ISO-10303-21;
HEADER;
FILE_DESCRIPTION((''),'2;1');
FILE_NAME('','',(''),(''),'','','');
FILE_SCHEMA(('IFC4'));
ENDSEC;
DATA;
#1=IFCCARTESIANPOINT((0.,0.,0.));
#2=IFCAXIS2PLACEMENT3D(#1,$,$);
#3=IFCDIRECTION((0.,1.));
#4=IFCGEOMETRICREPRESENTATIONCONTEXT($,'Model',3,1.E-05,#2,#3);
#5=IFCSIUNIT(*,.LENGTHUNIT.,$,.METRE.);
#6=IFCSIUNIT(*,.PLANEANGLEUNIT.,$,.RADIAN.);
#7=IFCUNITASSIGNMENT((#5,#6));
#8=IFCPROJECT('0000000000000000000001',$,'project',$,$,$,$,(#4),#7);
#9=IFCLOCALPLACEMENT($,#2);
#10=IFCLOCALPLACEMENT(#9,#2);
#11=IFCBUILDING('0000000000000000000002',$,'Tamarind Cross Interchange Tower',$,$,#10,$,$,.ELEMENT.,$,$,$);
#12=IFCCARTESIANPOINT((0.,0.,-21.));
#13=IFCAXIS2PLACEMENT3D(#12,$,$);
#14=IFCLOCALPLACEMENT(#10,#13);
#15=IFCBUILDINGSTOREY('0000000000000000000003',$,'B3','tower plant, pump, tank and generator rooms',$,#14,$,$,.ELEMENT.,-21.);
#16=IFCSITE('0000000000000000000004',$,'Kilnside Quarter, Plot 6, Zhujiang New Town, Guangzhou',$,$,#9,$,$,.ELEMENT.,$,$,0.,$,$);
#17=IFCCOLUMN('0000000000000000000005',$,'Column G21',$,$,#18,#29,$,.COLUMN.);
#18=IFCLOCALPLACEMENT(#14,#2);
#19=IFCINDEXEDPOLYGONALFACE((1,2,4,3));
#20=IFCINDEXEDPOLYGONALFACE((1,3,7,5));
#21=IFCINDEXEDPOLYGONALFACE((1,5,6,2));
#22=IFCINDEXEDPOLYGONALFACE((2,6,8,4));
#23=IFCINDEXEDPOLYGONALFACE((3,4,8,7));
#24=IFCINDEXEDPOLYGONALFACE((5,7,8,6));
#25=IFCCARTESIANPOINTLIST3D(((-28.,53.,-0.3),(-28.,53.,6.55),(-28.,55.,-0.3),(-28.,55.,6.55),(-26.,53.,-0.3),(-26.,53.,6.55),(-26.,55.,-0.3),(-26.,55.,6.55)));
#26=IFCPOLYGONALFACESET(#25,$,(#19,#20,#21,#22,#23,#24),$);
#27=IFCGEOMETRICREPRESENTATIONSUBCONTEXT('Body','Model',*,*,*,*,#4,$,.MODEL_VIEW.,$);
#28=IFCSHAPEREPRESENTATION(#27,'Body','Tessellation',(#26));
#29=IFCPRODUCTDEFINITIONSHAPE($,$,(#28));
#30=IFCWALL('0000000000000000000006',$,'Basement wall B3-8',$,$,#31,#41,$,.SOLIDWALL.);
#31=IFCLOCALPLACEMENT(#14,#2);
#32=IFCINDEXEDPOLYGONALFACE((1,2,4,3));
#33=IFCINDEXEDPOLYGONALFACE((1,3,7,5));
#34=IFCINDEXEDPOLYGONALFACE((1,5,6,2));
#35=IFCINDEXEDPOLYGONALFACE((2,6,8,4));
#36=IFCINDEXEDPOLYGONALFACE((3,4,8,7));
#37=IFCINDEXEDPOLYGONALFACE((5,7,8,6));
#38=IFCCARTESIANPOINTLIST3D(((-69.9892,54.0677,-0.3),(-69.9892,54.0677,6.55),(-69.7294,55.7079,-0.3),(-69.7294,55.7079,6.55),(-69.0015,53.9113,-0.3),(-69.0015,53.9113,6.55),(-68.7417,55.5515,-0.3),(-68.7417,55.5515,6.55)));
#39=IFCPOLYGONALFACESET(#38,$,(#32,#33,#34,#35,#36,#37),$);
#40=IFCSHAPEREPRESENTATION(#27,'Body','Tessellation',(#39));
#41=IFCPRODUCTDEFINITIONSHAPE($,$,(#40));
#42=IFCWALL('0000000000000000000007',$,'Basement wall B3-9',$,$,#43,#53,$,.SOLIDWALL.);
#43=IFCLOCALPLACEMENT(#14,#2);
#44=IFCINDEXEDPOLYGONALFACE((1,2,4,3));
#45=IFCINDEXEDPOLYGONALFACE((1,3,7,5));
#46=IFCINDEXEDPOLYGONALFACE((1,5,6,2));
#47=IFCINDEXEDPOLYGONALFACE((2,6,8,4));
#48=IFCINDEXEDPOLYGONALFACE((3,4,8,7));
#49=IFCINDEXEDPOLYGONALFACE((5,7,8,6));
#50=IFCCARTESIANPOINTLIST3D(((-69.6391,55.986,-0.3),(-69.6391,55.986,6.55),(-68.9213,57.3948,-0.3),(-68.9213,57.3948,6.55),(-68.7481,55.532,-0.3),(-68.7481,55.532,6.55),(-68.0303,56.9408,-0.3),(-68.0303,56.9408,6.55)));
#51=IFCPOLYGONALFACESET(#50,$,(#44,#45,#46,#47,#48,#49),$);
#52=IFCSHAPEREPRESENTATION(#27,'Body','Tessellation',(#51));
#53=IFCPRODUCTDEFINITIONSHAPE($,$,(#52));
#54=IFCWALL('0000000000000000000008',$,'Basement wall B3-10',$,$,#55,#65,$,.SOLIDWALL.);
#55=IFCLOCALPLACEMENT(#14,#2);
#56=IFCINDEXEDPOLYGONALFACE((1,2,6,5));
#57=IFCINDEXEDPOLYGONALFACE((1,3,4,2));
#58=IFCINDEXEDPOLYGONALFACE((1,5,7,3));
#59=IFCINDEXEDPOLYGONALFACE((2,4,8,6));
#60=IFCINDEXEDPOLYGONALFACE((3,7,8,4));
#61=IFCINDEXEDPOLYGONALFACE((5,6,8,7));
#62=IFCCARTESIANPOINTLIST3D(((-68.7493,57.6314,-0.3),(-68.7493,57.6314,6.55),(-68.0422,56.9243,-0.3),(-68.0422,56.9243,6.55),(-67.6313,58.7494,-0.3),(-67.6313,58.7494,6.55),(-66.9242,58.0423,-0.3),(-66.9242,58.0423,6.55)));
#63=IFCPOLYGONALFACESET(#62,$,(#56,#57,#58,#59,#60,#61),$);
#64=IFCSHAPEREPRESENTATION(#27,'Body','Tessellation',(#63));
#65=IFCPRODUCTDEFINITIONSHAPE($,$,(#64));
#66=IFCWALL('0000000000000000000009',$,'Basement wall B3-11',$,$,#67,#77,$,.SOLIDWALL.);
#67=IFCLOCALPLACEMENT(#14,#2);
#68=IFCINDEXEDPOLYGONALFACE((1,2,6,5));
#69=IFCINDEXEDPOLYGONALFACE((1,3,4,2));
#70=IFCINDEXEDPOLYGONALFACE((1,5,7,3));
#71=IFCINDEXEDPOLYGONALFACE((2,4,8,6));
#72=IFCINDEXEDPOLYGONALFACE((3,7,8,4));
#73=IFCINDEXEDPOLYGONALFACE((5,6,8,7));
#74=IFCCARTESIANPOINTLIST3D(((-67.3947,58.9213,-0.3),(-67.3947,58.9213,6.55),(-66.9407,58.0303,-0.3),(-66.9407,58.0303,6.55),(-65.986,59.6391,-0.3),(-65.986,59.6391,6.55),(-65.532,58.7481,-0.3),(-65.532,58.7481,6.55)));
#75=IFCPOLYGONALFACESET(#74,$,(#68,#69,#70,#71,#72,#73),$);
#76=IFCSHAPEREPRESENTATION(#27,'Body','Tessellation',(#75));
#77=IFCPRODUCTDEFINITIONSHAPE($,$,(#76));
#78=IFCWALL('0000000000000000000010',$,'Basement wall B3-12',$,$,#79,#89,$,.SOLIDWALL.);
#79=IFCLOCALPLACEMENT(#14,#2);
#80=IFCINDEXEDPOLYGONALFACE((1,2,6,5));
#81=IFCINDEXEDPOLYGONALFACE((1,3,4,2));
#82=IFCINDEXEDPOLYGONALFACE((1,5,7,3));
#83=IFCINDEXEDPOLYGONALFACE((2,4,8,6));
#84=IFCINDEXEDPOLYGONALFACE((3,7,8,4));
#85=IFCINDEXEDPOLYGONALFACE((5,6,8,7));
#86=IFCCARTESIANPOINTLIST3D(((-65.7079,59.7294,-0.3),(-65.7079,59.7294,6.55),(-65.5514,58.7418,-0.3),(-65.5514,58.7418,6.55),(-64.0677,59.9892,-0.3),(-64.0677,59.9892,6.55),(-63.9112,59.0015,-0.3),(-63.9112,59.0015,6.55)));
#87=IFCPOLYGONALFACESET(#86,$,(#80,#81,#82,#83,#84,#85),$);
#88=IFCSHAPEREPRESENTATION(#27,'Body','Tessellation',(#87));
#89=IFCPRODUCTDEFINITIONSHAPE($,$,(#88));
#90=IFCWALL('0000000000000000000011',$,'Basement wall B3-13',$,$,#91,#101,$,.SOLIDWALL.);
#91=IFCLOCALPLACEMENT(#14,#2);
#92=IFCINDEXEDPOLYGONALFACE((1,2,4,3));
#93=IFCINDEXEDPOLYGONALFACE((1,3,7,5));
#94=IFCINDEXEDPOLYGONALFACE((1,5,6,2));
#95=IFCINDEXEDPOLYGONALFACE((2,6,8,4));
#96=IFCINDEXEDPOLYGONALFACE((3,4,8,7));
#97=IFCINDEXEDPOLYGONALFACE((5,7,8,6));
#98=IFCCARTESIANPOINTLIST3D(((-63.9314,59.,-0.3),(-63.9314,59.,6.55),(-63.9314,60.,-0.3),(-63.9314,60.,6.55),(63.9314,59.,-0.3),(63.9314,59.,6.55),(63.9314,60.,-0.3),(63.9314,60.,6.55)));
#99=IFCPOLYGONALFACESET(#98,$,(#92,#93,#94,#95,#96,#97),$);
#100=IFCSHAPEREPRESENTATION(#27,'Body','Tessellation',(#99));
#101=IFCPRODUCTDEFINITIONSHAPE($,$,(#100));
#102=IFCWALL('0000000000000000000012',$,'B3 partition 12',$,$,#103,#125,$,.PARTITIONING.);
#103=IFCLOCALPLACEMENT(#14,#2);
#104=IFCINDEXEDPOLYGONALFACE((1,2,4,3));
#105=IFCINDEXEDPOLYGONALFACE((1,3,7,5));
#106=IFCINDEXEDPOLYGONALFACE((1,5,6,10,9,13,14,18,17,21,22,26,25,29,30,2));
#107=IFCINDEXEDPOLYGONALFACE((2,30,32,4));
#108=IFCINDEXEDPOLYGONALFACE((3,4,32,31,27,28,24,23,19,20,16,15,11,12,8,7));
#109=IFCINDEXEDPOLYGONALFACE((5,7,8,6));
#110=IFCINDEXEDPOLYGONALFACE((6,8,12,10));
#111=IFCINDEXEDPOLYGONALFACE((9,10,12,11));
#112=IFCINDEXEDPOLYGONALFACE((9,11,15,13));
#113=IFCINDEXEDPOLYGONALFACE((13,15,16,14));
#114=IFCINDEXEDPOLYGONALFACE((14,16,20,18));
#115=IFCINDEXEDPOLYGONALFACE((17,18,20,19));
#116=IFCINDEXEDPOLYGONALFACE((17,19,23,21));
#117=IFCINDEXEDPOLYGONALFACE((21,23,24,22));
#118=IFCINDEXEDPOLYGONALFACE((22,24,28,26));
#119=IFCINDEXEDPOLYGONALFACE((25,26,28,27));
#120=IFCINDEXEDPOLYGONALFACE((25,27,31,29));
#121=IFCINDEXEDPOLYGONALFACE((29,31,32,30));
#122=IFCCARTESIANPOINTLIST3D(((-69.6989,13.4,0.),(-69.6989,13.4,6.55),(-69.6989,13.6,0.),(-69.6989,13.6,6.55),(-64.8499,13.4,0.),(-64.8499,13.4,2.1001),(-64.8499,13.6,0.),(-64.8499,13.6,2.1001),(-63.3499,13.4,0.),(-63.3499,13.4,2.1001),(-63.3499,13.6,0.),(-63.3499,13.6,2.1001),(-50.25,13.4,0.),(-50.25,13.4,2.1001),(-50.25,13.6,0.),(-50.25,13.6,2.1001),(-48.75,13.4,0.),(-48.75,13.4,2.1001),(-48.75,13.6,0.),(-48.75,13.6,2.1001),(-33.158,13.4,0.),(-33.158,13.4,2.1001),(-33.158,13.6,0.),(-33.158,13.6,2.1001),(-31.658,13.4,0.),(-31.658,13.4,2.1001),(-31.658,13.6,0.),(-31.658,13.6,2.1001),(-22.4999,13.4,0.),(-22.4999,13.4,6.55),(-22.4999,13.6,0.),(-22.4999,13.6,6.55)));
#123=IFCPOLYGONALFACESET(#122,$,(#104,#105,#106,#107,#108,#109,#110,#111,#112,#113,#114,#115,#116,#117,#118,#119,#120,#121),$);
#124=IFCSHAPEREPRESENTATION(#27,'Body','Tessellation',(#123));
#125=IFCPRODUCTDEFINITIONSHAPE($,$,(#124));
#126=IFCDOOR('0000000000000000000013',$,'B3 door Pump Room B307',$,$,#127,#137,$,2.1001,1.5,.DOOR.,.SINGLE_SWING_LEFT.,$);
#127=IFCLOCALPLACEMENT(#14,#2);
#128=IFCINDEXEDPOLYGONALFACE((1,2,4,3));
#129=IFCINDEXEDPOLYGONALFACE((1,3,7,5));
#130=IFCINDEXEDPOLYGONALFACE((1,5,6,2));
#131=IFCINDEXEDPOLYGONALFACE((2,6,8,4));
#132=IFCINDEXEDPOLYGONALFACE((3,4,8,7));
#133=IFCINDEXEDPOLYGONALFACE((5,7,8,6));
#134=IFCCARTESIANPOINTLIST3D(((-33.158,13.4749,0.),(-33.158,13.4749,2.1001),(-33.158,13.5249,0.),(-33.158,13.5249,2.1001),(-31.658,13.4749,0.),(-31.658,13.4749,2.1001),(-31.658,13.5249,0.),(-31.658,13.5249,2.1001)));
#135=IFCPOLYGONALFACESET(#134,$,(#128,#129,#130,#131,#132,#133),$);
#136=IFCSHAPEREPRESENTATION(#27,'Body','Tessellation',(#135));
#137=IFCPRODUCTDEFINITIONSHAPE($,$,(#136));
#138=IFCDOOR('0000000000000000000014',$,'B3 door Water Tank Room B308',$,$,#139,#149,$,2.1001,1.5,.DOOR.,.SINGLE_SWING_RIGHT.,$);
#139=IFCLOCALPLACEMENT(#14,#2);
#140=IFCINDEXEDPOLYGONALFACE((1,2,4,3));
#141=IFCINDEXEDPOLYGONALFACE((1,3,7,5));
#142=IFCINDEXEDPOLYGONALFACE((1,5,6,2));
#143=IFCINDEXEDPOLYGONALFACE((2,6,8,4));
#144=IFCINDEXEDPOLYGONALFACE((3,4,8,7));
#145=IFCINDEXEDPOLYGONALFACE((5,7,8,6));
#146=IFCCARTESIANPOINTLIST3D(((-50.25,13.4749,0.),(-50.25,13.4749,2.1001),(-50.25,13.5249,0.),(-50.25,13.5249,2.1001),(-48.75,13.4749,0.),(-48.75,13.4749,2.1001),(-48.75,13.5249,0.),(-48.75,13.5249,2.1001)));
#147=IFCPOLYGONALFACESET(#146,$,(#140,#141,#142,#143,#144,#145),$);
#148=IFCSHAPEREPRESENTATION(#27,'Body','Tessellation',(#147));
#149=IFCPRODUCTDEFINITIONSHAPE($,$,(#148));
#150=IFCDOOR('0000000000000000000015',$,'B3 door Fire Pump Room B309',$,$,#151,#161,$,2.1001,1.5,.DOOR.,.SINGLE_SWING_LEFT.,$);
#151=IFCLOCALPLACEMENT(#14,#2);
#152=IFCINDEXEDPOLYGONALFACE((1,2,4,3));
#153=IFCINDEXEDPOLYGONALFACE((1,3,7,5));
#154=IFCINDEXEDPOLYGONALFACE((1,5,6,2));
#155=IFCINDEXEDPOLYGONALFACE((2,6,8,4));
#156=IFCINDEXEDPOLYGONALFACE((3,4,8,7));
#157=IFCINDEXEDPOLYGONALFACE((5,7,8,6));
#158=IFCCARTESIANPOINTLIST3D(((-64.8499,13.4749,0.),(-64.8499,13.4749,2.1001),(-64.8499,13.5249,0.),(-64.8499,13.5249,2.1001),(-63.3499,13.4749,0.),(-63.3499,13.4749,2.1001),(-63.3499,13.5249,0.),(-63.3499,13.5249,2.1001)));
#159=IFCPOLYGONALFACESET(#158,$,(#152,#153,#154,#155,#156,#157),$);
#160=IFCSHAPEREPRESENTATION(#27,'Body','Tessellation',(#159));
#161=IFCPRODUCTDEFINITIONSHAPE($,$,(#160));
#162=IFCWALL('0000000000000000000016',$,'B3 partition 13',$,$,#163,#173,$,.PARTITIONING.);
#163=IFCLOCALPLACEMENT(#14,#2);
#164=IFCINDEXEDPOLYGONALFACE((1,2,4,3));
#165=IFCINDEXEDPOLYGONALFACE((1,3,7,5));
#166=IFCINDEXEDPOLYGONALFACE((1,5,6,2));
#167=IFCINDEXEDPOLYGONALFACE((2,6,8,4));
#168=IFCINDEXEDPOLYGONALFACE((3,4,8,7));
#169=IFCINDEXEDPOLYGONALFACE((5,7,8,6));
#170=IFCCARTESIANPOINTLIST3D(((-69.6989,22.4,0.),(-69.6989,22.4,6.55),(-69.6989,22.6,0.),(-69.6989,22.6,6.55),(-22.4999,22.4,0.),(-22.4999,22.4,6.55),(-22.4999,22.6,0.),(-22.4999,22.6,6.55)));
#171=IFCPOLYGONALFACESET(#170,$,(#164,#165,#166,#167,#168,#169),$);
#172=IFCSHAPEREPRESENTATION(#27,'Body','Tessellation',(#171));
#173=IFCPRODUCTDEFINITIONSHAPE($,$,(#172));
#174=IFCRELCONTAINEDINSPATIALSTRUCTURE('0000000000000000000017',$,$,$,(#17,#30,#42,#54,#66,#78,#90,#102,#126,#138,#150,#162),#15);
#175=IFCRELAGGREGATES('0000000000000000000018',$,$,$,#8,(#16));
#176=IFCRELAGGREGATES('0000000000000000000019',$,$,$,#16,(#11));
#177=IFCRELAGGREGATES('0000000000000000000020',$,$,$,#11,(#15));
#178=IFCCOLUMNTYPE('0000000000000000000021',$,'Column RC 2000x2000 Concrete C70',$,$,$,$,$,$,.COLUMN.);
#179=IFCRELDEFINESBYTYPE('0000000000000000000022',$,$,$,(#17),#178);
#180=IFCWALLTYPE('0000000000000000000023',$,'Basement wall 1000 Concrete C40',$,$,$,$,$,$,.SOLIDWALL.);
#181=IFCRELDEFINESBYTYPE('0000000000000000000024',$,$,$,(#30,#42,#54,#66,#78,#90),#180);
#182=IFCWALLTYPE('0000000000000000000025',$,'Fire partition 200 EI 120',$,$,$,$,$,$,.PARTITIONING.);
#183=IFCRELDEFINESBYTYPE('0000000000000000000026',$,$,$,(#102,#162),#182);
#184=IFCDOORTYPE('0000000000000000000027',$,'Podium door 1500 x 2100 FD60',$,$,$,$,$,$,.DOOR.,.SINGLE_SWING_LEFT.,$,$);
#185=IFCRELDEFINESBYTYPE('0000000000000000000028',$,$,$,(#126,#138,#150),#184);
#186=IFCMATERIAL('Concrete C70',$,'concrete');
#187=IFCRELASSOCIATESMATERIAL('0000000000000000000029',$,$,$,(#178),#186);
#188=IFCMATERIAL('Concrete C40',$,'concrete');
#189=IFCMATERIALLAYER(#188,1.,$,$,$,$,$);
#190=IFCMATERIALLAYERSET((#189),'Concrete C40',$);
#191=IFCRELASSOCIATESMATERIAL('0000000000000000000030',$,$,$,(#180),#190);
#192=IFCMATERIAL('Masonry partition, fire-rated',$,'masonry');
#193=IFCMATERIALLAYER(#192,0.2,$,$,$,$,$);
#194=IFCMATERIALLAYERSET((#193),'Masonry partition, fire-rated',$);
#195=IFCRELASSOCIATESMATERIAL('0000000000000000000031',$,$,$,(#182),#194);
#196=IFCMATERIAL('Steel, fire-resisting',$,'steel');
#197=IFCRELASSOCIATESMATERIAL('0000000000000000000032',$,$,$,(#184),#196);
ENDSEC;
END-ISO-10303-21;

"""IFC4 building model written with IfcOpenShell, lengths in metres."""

from ifc_helpers import new_model, si_unit, direction, frame, frame_2d, origin, origin_2d, place, context, subcontext, project, spatial, rectangle, extrude, material, layer, layer_set, material_profile, profile_set, type_object, element, fill, save


model = new_model("IFC4")

# Units and contexts
model_context = context("Model", 3, precision=1e-05, world=origin(), true_north=direction((0.0, 1.0)))
body_context = subcontext(model_context, "Body", "Model", "MODEL_VIEW")
ifc_project = project(units=[si_unit("LENGTHUNIT", "METRE"), si_unit("PLANEANGLEUNIT", "RADIAN")], contexts=[model_context])

# Site, building, storey
site_placement = place(None, origin())
site = spatial("IfcSite", under=ifc_project, at=site_placement, Name="Kilnside Quarter, Plot 6, Zhujiang New Town, Guangzhou", CompositionType="ELEMENT", RefElevation=0.0)
building_placement = place(site_placement, origin())
building = spatial("IfcBuilding", under=site, at=building_placement, Name="Tamarind Cross Interchange Tower", CompositionType="ELEMENT")
storey_placement = place(building_placement, frame((0.0, 0.0, -21.0)))
storey = spatial("IfcBuildingStorey", under=building, at=storey_placement, Name="B3", Description="tower plant, pump, tank and generator rooms", CompositionType="ELEMENT", Elevation=-21.0)

# Column
ifc_material_1 = material(Name="Concrete C70", Category="concrete")
ifc_material_profile_1 = material_profile(ifc_material_1, rectangle(XDim=2.0, YDim=2.0, at=origin_2d()), Name="RC 2000x2000")
ifc_profile_set_1 = profile_set([ifc_material_profile_1], Name="Concrete C70")
column_type = type_object("IfcColumnType", Name="Column RC 2000x2000 Concrete C70", PredefinedType="COLUMN", material=ifc_profile_set_1)
for number, where, z_axis, x_axis, name in (
    (1, (-27.0, 54.0, -0.3), (0.0, 0.0, 1.0), (1.0, 0.0, 0.0), "Column G21"),
):
    element("IfcColumn", number, at=place(storey_placement, frame(where, z_axis=z_axis, x_axis=x_axis)), inside=storey, type_object=column_type, Name=name, PredefinedType="COLUMN", context=body_context, shape_type="SweptSolid", body=[
        extrude(rectangle(XDim=2.0, YDim=2.0, at=origin_2d()), origin(), (0.0, 0.0, 1.0), 6.8501),
    ])

# Walls
ifc_material_2 = material(Name="Concrete C40", Category="concrete")
ifc_layer_1 = layer(ifc_material_2, 1.0)
ifc_layer_set_1 = layer_set([ifc_layer_1], Name="Concrete C40")
wall_type_1 = type_object("IfcWallType", Name="Basement wall 1000 Concrete C40", PredefinedType="SOLIDWALL", material=ifc_layer_set_1)
wall_1_placement = place(storey_placement, frame((-69.4954, 53.9895, -0.3), z_axis=(0.0, 0.0, 1.0), x_axis=(0.156431, 0.987689, 0.0)))
element("IfcWall", 2, at=wall_1_placement, inside=storey, type_object=wall_type_1, Name="Basement wall B3-8", PredefinedType="SOLIDWALL", context=body_context, shape_type="SweptSolid", body=[
    extrude(rectangle(XDim=1.6606, YDim=1.0, at=frame_2d((0.8303, 0.0))), origin(), (0.0, 0.0, 1.0), 6.8501),
])
for number, where, z_axis, x_axis, name in (
    (3, (-69.1936, 55.759, -0.3), (0.0, 0.0, 1.0), (0.453995, 0.891004, 0.0), "Basement wall B3-9"),
    (4, (-68.3958, 57.2778, -0.3), (0.0, 0.0, 1.0), (0.707107, 0.707107, 0.0), "Basement wall B3-10"),
    (5, (-67.1677, 58.4758, -0.3), (0.0, 0.0, 1.0), (0.891004, 0.453995, 0.0), "Basement wall B3-11"),
):
    element("IfcWall", number, at=place(storey_placement, frame(where, z_axis=z_axis, x_axis=x_axis)), inside=storey, type_object=wall_type_1, Name=name, PredefinedType="SOLIDWALL", context=body_context, shape_type="SweptSolid", body=[
        extrude(rectangle(XDim=1.5811, YDim=1.0, at=frame_2d((0.7905, 0.0))), origin(), (0.0, 0.0, 1.0), 6.8501),
    ])
wall_2_placement = place(storey_placement, frame((-65.6296, 59.2356, -0.3), z_axis=(0.0, 0.0, 1.0), x_axis=(0.987689, 0.156431, 0.0)))
element("IfcWall", 6, at=wall_2_placement, inside=storey, type_object=wall_type_1, Name="Basement wall B3-12", PredefinedType="SOLIDWALL", context=body_context, shape_type="SweptSolid", body=[
    extrude(rectangle(XDim=1.6606, YDim=1.0, at=frame_2d((0.8303, 0.0))), origin(), (0.0, 0.0, 1.0), 6.8501),
])
wall_3_placement = place(storey_placement, frame((-63.9314, 59.5, -0.3), z_axis=(0.0, 0.0, 1.0), x_axis=(1.0, 0.0, 0.0)))
element("IfcWall", 7, at=wall_3_placement, inside=storey, type_object=wall_type_1, Name="Basement wall B3-13", PredefinedType="SOLIDWALL", context=body_context, shape_type="SweptSolid", body=[
    extrude(rectangle(XDim=127.8628, YDim=1.0, at=frame_2d((63.9314, 0.0))), origin(), (0.0, 0.0, 1.0), 6.8501),
])

# Wall, openings, doors
ifc_material_3 = material(Name="Masonry partition, fire-rated", Category="masonry")
ifc_layer_2 = layer(ifc_material_3, 0.2)
ifc_layer_set_2 = layer_set([ifc_layer_2], Name="Masonry partition, fire-rated")
wall_type_2 = type_object("IfcWallType", Name="Fire partition 200 EI 120", PredefinedType="PARTITIONING", material=ifc_layer_set_2)
wall_4_placement = place(storey_placement, frame((-69.699, 13.5, 0.0), z_axis=(0.0, 0.0, 1.0), x_axis=(1.0, 0.0, 0.0)))
wall_4 = element("IfcWall", 8, at=wall_4_placement, inside=storey, type_object=wall_type_2, Name="B3 partition 12", PredefinedType="PARTITIONING", context=body_context, shape_type="SweptSolid", body=[
    extrude(rectangle(XDim=47.199, YDim=0.2, at=frame_2d((23.5996, 0.0))), origin(), (0.0, 0.0, 1.0), 6.55),
])
opening_1_placement = place(wall_4_placement, frame((36.541, 0.0, 0.0)))
opening_1 = element("IfcOpeningElement", 9, at=opening_1_placement, cuts=wall_4, PredefinedType="OPENING", context=body_context, shape_type="SweptSolid", body=[
    extrude(rectangle(XDim=1.5, YDim=2.1001, at=frame_2d((0.75, 1.05))), frame((0.0, 0.1099, 0.0), z_axis=(0.0, -1.0, 0.0), x_axis=(1.0, 0.0, 0.0)), (0.0, 0.0, 1.0), 0.22),
])
opening_2_placement = place(wall_4_placement, frame((19.449, 0.0, 0.0)))
opening_2 = element("IfcOpeningElement", 10, at=opening_2_placement, cuts=wall_4, PredefinedType="OPENING", context=body_context, shape_type="SweptSolid", body=[
    extrude(rectangle(XDim=1.5, YDim=2.1001, at=frame_2d((0.75, 1.05))), frame((0.0, 0.1099, 0.0), z_axis=(0.0, -1.0, 0.0), x_axis=(1.0, 0.0, 0.0)), (0.0, 0.0, 1.0), 0.22),
])
opening_3_placement = place(wall_4_placement, frame((4.8491, 0.0, 0.0)))
opening_3 = element("IfcOpeningElement", 11, at=opening_3_placement, cuts=wall_4, PredefinedType="OPENING", context=body_context, shape_type="SweptSolid", body=[
    extrude(rectangle(XDim=1.5, YDim=2.1001, at=frame_2d((0.75, 1.05))), frame((0.0, 0.1099, 0.0), z_axis=(0.0, -1.0, 0.0), x_axis=(1.0, 0.0, 0.0)), (0.0, 0.0, 1.0), 0.22),
])
ifc_material_4 = material(Name="Steel, fire-resisting", Category="steel")
door_type_1 = type_object("IfcDoorType", Name="Podium door 1500 x 2100 FD60", OperationType="SINGLE_SWING_LEFT", PredefinedType="DOOR", material=ifc_material_4)
door_1_placement = place(opening_1_placement, origin())
door_1 = element("IfcDoor", 12, at=door_1_placement, inside=storey, type_object=door_type_1, Name="B3 door Pump Room B307", OperationType="SINGLE_SWING_LEFT", OverallHeight=2.1001, OverallWidth=1.5, PredefinedType="DOOR", context=body_context, shape_type="SweptSolid", body=[
    extrude(rectangle(XDim=1.5, YDim=2.1001, at=frame_2d((0.75, 1.05))), frame((0.0, 0.0249, 0.0), z_axis=(0.0, -1.0, 0.0), x_axis=(1.0, 0.0, 0.0)), (0.0, 0.0, 1.0), 0.05),
])
fill(opening_1, door_1)
door_2_placement = place(opening_2_placement, origin())
door_2 = element("IfcDoor", 13, at=door_2_placement, inside=storey, type_object=door_type_1, Name="B3 door Water Tank Room B308", OperationType="SINGLE_SWING_RIGHT", OverallHeight=2.1001, OverallWidth=1.5, PredefinedType="DOOR", context=body_context, shape_type="SweptSolid", body=[
    extrude(rectangle(XDim=1.5, YDim=2.1001, at=frame_2d((0.75, 1.05))), frame((0.0, 0.0249, 0.0), z_axis=(0.0, -1.0, 0.0), x_axis=(1.0, 0.0, 0.0)), (0.0, 0.0, 1.0), 0.05),
])
fill(opening_2, door_2)
door_3_placement = place(opening_3_placement, origin())
door_3 = element("IfcDoor", 14, at=door_3_placement, inside=storey, type_object=door_type_1, Name="B3 door Fire Pump Room B309", OperationType="SINGLE_SWING_LEFT", OverallHeight=2.1001, OverallWidth=1.5, PredefinedType="DOOR", context=body_context, shape_type="SweptSolid", body=[
    extrude(rectangle(XDim=1.5, YDim=2.1001, at=frame_2d((0.75, 1.05))), frame((0.0, 0.0249, 0.0), z_axis=(0.0, -1.0, 0.0), x_axis=(1.0, 0.0, 0.0)), (0.0, 0.0, 1.0), 0.05),
])
fill(opening_3, door_3)

# Wall
wall_5_placement = place(storey_placement, frame((-69.699, 22.5, 0.0), z_axis=(0.0, 0.0, 1.0), x_axis=(1.0, 0.0, 0.0)))
element("IfcWall", 15, at=wall_5_placement, inside=storey, type_object=wall_type_2, Name="B3 partition 13", PredefinedType="PARTITIONING", context=body_context, shape_type="SweptSolid", body=[
    extrude(rectangle(XDim=47.199, YDim=0.2, at=frame_2d((23.5996, 0.0))), origin(), (0.0, 0.0, 1.0), 6.55),
])

save(model, "model.ifc")
